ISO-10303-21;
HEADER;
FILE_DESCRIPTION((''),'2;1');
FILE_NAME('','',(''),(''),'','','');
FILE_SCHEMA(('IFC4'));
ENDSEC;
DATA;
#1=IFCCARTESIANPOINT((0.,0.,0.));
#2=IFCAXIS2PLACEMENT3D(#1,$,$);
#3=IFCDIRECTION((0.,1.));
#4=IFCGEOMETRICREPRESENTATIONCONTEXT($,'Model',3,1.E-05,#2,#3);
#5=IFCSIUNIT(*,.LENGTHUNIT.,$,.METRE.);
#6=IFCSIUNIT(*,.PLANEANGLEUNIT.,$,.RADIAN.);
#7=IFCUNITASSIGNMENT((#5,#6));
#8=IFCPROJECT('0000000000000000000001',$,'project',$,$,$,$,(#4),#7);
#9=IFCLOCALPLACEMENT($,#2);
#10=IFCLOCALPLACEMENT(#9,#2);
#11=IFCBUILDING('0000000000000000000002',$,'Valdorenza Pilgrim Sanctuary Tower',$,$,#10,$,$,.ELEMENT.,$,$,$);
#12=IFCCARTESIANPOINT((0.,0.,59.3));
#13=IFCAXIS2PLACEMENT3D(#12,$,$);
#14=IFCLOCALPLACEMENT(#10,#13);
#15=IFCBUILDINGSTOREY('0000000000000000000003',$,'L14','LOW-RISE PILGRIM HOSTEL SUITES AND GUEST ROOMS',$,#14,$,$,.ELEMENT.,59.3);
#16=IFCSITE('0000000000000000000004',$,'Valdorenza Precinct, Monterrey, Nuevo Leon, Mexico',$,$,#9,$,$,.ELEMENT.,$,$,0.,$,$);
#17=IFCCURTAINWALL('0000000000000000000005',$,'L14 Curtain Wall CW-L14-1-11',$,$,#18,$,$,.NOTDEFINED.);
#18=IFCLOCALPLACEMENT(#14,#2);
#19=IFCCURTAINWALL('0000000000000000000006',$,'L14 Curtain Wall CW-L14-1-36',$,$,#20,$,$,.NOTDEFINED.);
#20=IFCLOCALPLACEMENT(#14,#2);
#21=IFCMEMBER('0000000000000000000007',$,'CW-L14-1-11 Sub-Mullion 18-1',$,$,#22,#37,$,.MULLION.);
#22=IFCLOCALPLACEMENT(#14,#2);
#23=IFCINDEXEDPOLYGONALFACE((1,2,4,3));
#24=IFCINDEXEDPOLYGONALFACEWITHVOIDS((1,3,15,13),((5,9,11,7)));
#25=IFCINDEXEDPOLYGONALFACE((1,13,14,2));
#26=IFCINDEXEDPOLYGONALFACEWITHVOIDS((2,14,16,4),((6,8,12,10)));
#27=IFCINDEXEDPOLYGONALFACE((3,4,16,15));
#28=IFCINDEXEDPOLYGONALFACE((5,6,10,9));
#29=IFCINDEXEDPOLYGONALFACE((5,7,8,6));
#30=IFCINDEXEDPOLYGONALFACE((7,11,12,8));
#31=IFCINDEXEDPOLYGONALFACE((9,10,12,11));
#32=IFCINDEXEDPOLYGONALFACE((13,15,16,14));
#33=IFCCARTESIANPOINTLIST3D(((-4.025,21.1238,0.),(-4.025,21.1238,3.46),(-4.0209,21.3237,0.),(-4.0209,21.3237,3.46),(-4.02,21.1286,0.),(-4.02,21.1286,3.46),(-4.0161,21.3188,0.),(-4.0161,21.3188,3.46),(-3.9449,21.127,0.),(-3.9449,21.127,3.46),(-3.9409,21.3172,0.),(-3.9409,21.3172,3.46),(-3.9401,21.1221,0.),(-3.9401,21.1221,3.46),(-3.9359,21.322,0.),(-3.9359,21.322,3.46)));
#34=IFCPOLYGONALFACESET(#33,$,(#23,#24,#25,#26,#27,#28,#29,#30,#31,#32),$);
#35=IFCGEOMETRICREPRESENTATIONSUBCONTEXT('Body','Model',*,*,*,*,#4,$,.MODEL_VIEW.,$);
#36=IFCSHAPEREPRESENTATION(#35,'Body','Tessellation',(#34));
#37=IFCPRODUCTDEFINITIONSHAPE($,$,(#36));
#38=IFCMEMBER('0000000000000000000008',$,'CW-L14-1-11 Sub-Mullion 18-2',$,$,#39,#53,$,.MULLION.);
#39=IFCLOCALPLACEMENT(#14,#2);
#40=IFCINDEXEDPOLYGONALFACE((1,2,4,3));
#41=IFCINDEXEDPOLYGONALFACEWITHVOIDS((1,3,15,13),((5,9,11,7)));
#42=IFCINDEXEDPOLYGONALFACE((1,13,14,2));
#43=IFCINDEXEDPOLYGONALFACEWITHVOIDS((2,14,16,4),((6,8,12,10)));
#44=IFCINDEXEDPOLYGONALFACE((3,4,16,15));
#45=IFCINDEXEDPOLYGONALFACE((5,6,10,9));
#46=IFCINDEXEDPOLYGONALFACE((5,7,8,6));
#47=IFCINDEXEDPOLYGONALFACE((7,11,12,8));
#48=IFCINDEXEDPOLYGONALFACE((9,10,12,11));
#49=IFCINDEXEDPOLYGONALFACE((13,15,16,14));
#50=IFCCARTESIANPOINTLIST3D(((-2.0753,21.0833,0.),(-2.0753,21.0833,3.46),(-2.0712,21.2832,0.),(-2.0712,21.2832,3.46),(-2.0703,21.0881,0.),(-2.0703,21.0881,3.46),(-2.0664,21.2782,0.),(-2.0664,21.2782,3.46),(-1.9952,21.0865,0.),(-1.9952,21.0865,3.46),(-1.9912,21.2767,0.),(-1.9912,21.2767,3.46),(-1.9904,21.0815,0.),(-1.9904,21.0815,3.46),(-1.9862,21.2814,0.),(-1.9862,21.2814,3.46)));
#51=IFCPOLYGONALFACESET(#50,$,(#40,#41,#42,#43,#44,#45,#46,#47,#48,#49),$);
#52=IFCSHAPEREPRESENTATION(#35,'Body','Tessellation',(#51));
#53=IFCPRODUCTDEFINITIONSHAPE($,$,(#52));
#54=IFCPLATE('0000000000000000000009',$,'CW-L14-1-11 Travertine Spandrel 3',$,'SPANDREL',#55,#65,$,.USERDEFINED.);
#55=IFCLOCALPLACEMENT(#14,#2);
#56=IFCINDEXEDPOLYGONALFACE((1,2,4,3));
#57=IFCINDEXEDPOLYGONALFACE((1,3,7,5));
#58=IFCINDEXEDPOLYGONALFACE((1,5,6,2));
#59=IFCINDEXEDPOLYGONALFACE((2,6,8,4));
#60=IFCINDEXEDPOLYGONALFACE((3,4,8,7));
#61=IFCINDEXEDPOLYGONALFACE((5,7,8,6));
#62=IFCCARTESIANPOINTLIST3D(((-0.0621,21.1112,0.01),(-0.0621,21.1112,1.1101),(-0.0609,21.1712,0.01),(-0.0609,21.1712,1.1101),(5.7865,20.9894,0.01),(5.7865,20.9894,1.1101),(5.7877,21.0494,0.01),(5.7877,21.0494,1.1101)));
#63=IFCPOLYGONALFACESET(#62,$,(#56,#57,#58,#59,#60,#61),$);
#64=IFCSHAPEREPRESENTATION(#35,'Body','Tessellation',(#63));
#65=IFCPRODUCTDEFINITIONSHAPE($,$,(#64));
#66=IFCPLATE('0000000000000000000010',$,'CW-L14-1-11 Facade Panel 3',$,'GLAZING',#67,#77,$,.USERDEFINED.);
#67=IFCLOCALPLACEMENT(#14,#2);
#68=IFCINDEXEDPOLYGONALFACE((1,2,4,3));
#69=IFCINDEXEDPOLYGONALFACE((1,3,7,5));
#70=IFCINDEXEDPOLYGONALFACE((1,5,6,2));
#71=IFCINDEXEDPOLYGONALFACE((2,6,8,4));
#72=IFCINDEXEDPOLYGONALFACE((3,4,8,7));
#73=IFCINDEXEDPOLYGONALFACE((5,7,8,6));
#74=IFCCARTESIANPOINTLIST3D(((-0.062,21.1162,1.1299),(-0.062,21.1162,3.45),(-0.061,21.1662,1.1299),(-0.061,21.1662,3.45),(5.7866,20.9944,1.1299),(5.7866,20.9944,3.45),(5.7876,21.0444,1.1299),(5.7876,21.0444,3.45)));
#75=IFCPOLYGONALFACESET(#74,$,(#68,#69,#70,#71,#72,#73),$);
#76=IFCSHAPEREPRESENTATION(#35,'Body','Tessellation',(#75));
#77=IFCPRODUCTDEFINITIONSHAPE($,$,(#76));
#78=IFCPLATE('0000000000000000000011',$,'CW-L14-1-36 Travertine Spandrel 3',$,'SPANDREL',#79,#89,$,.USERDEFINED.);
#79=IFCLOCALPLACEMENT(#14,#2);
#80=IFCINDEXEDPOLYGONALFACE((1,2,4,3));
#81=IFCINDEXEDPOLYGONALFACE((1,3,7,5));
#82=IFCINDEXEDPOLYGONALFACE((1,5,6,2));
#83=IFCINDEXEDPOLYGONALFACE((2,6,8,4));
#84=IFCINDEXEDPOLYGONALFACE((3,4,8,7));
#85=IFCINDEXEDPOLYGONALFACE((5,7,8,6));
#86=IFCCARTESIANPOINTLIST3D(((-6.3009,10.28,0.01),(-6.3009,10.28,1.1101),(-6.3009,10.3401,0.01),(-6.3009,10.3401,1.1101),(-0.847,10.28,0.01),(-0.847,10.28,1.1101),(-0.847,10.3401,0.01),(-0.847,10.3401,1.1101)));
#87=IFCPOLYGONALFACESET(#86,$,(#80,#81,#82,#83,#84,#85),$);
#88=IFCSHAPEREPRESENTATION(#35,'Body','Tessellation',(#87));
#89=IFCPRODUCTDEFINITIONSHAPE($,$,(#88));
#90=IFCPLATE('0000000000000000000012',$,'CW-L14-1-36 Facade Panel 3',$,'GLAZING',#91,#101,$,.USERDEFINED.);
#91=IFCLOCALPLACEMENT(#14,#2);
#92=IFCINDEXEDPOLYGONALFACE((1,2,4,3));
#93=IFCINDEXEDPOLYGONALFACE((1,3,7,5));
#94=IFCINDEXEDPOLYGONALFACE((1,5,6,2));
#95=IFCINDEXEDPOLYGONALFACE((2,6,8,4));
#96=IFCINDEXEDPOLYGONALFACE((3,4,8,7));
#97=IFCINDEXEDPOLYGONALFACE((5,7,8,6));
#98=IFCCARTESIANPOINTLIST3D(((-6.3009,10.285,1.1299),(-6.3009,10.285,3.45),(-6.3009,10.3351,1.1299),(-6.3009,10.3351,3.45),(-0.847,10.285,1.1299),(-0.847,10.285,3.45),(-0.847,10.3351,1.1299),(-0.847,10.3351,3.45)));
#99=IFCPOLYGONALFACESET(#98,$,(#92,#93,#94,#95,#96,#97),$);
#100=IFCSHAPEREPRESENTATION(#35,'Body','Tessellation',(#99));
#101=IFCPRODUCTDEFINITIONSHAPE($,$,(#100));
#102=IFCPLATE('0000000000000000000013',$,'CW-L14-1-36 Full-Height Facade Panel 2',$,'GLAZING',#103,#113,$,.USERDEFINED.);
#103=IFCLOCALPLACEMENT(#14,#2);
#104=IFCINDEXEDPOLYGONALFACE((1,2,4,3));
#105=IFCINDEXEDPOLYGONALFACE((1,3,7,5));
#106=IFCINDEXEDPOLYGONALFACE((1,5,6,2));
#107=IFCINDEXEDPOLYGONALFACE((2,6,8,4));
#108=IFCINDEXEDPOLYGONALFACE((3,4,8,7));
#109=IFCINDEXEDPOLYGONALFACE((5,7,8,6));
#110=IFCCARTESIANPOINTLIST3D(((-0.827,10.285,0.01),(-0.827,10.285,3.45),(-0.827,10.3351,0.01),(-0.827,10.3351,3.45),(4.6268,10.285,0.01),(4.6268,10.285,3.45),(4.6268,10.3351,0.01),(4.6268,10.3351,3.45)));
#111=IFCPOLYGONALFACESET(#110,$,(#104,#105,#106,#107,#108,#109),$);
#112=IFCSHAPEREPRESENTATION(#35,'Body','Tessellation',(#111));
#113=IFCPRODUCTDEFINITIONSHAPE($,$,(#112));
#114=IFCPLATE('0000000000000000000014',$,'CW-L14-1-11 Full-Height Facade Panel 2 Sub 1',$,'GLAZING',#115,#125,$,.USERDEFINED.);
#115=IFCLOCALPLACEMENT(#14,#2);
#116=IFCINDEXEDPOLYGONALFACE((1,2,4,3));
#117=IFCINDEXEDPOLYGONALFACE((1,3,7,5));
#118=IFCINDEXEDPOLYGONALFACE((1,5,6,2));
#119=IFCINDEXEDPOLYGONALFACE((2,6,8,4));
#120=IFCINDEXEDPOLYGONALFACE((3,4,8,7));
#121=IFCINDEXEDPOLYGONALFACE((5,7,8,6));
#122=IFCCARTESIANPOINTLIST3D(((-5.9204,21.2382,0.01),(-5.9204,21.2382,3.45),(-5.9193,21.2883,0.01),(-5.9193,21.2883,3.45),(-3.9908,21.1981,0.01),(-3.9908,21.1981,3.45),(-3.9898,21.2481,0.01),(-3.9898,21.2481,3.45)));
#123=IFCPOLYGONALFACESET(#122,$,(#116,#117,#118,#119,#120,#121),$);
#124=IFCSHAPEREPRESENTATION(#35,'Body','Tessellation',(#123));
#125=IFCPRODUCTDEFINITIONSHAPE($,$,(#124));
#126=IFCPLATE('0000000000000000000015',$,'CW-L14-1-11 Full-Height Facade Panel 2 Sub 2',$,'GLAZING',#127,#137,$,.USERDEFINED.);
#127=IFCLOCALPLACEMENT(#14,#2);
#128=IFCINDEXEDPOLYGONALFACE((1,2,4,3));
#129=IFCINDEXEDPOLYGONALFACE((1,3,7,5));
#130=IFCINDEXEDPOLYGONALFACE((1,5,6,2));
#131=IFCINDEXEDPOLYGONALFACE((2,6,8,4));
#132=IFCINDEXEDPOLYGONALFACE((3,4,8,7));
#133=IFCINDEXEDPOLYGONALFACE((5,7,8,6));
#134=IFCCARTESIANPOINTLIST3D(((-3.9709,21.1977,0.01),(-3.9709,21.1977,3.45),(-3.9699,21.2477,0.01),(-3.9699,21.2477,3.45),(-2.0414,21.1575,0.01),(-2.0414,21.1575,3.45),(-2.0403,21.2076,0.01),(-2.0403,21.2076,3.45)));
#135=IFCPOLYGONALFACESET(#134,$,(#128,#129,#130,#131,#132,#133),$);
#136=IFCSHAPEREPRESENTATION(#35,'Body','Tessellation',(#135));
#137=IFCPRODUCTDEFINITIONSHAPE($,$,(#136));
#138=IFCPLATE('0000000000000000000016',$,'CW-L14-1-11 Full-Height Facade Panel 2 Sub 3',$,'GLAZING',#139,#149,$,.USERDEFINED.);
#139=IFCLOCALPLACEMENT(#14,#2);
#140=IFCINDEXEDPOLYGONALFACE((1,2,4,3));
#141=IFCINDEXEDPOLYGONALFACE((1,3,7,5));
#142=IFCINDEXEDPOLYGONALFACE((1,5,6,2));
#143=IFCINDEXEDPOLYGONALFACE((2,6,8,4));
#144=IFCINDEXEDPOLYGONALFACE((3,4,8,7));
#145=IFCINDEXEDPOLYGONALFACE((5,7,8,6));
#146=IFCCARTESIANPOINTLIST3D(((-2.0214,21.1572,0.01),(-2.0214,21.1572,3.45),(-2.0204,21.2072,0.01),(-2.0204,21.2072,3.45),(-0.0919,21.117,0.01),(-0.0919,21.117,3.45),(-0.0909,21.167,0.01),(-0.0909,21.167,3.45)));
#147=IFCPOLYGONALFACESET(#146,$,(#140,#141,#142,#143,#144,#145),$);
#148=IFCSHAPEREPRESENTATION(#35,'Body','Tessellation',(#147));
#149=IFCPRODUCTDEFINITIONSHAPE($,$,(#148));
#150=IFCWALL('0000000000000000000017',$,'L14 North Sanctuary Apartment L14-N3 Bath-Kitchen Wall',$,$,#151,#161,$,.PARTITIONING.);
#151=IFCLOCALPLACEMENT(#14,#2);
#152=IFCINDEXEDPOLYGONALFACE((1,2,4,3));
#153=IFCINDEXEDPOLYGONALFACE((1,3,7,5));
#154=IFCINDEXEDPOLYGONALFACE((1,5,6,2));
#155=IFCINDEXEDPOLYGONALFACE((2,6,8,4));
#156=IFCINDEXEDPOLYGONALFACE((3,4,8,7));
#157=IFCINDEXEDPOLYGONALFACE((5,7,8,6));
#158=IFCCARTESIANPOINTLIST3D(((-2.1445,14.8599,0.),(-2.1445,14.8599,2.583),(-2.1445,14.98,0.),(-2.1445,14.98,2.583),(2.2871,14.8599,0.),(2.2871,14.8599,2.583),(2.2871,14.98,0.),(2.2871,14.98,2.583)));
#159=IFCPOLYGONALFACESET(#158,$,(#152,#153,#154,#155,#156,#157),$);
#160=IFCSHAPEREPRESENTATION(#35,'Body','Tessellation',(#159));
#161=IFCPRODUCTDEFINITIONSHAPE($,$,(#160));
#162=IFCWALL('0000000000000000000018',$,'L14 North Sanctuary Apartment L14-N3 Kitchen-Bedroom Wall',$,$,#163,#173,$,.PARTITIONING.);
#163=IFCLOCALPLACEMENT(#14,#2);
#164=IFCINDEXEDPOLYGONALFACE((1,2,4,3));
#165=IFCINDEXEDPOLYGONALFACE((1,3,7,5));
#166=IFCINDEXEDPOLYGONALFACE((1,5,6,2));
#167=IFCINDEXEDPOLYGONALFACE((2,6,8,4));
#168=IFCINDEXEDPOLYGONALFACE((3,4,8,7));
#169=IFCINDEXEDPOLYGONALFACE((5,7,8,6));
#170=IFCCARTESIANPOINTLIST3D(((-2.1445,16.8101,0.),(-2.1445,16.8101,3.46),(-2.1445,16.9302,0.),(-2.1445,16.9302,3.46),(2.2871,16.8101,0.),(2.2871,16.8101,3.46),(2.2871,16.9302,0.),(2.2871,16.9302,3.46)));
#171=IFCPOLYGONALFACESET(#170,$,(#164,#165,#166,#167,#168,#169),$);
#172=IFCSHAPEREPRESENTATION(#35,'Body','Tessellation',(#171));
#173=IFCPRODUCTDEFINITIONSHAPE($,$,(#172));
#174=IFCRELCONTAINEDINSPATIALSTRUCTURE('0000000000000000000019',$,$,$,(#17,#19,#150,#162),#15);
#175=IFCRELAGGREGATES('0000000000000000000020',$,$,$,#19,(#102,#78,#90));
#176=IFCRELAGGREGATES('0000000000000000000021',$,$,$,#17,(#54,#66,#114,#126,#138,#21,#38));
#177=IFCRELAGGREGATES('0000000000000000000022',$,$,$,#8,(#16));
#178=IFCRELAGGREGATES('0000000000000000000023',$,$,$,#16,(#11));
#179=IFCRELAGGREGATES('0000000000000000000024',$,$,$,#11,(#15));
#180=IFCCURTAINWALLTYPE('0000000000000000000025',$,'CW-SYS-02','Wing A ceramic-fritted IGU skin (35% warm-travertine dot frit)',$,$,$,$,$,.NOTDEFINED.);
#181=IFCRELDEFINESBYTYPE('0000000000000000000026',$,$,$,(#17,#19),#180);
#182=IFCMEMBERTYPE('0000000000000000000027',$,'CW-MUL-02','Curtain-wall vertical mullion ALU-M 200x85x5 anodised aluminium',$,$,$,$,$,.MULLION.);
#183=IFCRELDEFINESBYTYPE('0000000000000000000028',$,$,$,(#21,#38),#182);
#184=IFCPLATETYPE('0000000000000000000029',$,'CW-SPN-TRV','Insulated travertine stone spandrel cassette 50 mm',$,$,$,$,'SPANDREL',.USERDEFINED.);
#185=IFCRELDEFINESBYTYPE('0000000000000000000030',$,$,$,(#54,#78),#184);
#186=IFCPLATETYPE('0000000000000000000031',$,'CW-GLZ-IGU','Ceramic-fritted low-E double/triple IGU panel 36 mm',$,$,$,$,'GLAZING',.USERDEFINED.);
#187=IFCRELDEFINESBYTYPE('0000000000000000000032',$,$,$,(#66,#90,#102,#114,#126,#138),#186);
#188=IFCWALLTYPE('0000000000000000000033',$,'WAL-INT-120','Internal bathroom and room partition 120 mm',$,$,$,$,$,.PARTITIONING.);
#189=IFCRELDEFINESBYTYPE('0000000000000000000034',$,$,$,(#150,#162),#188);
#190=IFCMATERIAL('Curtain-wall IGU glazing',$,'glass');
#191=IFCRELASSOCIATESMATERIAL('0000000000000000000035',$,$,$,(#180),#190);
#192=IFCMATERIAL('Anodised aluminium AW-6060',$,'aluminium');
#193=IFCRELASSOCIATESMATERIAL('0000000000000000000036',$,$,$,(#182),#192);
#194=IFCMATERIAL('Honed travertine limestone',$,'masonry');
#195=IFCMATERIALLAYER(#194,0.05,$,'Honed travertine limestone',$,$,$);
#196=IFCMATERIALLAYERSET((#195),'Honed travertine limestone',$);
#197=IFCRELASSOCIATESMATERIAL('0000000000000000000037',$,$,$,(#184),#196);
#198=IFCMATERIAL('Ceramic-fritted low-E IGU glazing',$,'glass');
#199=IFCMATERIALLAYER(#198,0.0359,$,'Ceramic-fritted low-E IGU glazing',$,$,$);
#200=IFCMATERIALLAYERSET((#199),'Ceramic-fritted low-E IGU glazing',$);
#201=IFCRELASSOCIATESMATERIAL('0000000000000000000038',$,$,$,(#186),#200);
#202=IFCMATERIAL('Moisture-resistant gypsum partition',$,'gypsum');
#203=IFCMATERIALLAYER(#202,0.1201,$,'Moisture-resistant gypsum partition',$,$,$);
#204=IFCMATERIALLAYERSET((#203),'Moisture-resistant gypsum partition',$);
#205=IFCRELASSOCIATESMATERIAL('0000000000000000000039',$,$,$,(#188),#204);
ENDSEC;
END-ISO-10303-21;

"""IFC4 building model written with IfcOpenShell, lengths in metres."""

from ifc_helpers import new_model, si_unit, direction, frame, frame_2d, origin, origin_2d, place, context, subcontext, project, spatial, rectangle, hollow_rectangle, extrude, source, transform, mapped, material, layer, layer_set, material_profile, profile_set, type_object, element, aggregate, save


model = new_model("IFC4")

# Units and contexts
model_context = context("Model", 3, precision=1e-05, world=origin(), true_north=direction((0.0, 1.0)))
body_context = subcontext(model_context, "Body", "Model", "MODEL_VIEW")
ifc_project = project(units=[si_unit("LENGTHUNIT", "METRE"), si_unit("PLANEANGLEUNIT", "RADIAN")], contexts=[model_context])

# Site, building, storey
site_placement = place(None, origin())
site = spatial("IfcSite", under=ifc_project, at=site_placement, Name="Valdorenza Precinct, Monterrey, Nuevo Leon, Mexico", CompositionType="ELEMENT", RefElevation=0.0)
building_placement = place(site_placement, origin())
building = spatial("IfcBuilding", under=site, at=building_placement, Name="Valdorenza Pilgrim Sanctuary Tower", CompositionType="ELEMENT")
storey_placement = place(building_placement, frame((0.0, 0.0, 59.3)))
storey = spatial("IfcBuildingStorey", under=building, at=storey_placement, Name="L14", Description="LOW-RISE PILGRIM HOSTEL SUITES AND GUEST ROOMS", CompositionType="ELEMENT", Elevation=59.3)

# Curtain wall
ifc_material_1 = material(Name="Curtain-wall IGU glazing", Category="glass")
curtain_wall_type = type_object("IfcCurtainWallType", Name="CW-SYS-02", Description="Wing A ceramic-fritted IGU skin (35% warm-travertine dot frit)", PredefinedType="NOTDEFINED", material=ifc_material_1)
curtain_wall_1_placement = place(storey_placement, origin())
curtain_wall_1 = element("IfcCurtainWall", 1, at=curtain_wall_1_placement, inside=storey, type_object=curtain_wall_type, Name="L14 Curtain Wall CW-L14-1-11", PredefinedType="NOTDEFINED")
ifc_material_2 = material(Name="Anodised aluminium AW-6060", Category="aluminium")
ifc_material_profile_1 = material_profile(ifc_material_2, hollow_rectangle(XDim=0.085, YDim=0.2, WallThickness=0.0049, at=origin_2d()), Name="ALU-M 200x85x5")
ifc_profile_set_1 = profile_set([ifc_material_profile_1], Name="Anodised aluminium AW-6060")
member_type = type_object("IfcMemberType", Name="CW-MUL-02", Description="Curtain-wall vertical mullion ALU-M 200x85x5 anodised aluminium", PredefinedType="MULLION", material=ifc_profile_set_1)
shared_shape_1 = source(origin(), body_context, "Body", "SweptSolid", [
    extrude(hollow_rectangle(XDim=0.085, YDim=0.2, WallThickness=0.0049, at=origin_2d()), origin(), (0.0, 0.0, 1.0), 3.46),
])

# Curtain wall
curtain_wall_2_placement = place(storey_placement, origin())
curtain_wall_2 = element("IfcCurtainWall", 2, at=curtain_wall_2_placement, inside=storey, type_object=curtain_wall_type, Name="L14 Curtain Wall CW-L14-1-36", PredefinedType="NOTDEFINED")

# Members
member_1_placement = place(storey_placement, frame((-3.9805, 21.2229, 0.0), z_axis=(0.0, 0.0, 1.0), x_axis=(0.999783, -0.02082, 0.0)))
member_1 = element("IfcMember", 3, at=member_1_placement, type_object=member_type, Name="CW-L14-1-11 Sub-Mullion 18-1", PredefinedType="MULLION", context=body_context, shape_type="MappedRepresentation", body=[
    mapped(shared_shape_1, transform((0.0, 0.0, 0.0), x_axis=(1.0, 0.0, 0.0), y_axis=(0.0, 1.0, 0.0), z_axis=(0.0, 0.0, 1.0), scale=1.0)),
])
member_2_placement = place(storey_placement, frame((-2.0308, 21.1824, 0.0), z_axis=(0.0, 0.0, 1.0), x_axis=(0.999783, -0.02082, 0.0)))
member_2 = element("IfcMember", 4, at=member_2_placement, type_object=member_type, Name="CW-L14-1-11 Sub-Mullion 18-2", PredefinedType="MULLION", context=body_context, shape_type="MappedRepresentation", body=[
    mapped(shared_shape_1, transform((0.0, 0.0, 0.0), x_axis=(1.0, 0.0, 0.0), y_axis=(0.0, 1.0, 0.0), z_axis=(0.0, 0.0, 1.0), scale=1.0)),
])

# Plates
ifc_material_3 = material(Name="Honed travertine limestone", Category="masonry")
ifc_layer_1 = layer(ifc_material_3, 0.05, Name="Honed travertine limestone")
ifc_layer_set_1 = layer_set([ifc_layer_1], Name="Honed travertine limestone")
plate_type_1 = type_object("IfcPlateType", Name="CW-SPN-TRV", Description="Insulated travertine stone spandrel cassette 50 mm", ElementType="SPANDREL", PredefinedType="USERDEFINED", material=ifc_layer_set_1)
shared_shape_2 = source(origin(), body_context, "Body", "SweptSolid", [
    extrude(rectangle(XDim=5.8499, YDim=0.0601, at=origin_2d()), origin(), (0.0, 0.0, 1.0), 1.1001),
])
plate_1_placement = place(storey_placement, frame((2.8628, 21.0803, 0.01), z_axis=(0.0, 0.0, 1.0), x_axis=(0.999783, -0.02082, 0.0)))
plate_1 = element("IfcPlate", 5, at=plate_1_placement, type_object=plate_type_1, Name="CW-L14-1-11 Travertine Spandrel 3", ObjectType="SPANDREL", PredefinedType="USERDEFINED", context=body_context, shape_type="MappedRepresentation", body=[
    mapped(shared_shape_2, transform((0.0, 0.0, 0.0), x_axis=(1.0, 0.0, 0.0), y_axis=(0.0, 1.0, 0.0), z_axis=(0.0, 0.0, 1.0), scale=1.0)),
])
ifc_material_4 = material(Name="Ceramic-fritted low-E IGU glazing", Category="glass")
ifc_layer_2 = layer(ifc_material_4, 0.0359, Name="Ceramic-fritted low-E IGU glazing")
ifc_layer_set_2 = layer_set([ifc_layer_2], Name="Ceramic-fritted low-E IGU glazing")
plate_type_2 = type_object("IfcPlateType", Name="CW-GLZ-IGU", Description="Ceramic-fritted low-E double/triple IGU panel 36 mm", ElementType="GLAZING", PredefinedType="USERDEFINED", material=ifc_layer_set_2)
shared_shape_3 = source(origin(), body_context, "Body", "SweptSolid", [
    extrude(rectangle(XDim=5.8499, YDim=0.05, at=origin_2d()), origin(), (0.0, 0.0, 1.0), 2.3201),
])
plate_2_placement = place(storey_placement, frame((2.8628, 21.0803, 1.1299), z_axis=(0.0, 0.0, 1.0), x_axis=(0.999783, -0.02082, 0.0)))
plate_2 = element("IfcPlate", 6, at=plate_2_placement, type_object=plate_type_2, Name="CW-L14-1-11 Facade Panel 3", ObjectType="GLAZING", PredefinedType="USERDEFINED", context=body_context, shape_type="MappedRepresentation", body=[
    mapped(shared_shape_3, transform((0.0, 0.0, 0.0), x_axis=(1.0, 0.0, 0.0), y_axis=(0.0, 1.0, 0.0), z_axis=(0.0, 0.0, 1.0), scale=1.0)),
])
shared_shape_4 = source(origin(), body_context, "Body", "SweptSolid", [
    extrude(rectangle(XDim=5.4539, YDim=0.0601, at=origin_2d()), origin(), (0.0, 0.0, 1.0), 1.1001),
])
plate_3_placement = place(storey_placement, frame((-3.574, 10.3101, 0.01), z_axis=(0.0, 0.0, 1.0), x_axis=(-1.0, 0.0, 0.0)))
plate_3 = element("IfcPlate", 7, at=plate_3_placement, type_object=plate_type_1, Name="CW-L14-1-36 Travertine Spandrel 3", ObjectType="SPANDREL", PredefinedType="USERDEFINED", context=body_context, shape_type="MappedRepresentation", body=[
    mapped(shared_shape_4, transform((0.0, 0.0, 0.0), x_axis=(1.0, 0.0, 0.0), y_axis=(0.0, 1.0, 0.0), z_axis=(0.0, 0.0, 1.0), scale=1.0)),
])
shared_shape_5 = source(origin(), body_context, "Body", "SweptSolid", [
    extrude(rectangle(XDim=5.4539, YDim=0.05, at=origin_2d()), origin(), (0.0, 0.0, 1.0), 2.3201),
])
plate_4_placement = place(storey_placement, frame((-3.574, 10.3101, 1.1299), z_axis=(0.0, 0.0, 1.0), x_axis=(-1.0, 0.0, 0.0)))
plate_4 = element("IfcPlate", 8, at=plate_4_placement, type_object=plate_type_2, Name="CW-L14-1-36 Facade Panel 3", ObjectType="GLAZING", PredefinedType="USERDEFINED", context=body_context, shape_type="MappedRepresentation", body=[
    mapped(shared_shape_5, transform((0.0, 0.0, 0.0), x_axis=(1.0, 0.0, 0.0), y_axis=(0.0, 1.0, 0.0), z_axis=(0.0, 0.0, 1.0), scale=1.0)),
])
shared_shape_6 = source(origin(), body_context, "Body", "SweptSolid", [
    extrude(rectangle(XDim=5.4539, YDim=0.05, at=origin_2d()), origin(), (0.0, 0.0, 1.0), 3.4399),
])
plate_5_placement = place(storey_placement, frame((1.8999, 10.3101, 0.01), z_axis=(0.0, 0.0, 1.0), x_axis=(-1.0, 0.0, 0.0)))
plate_5 = element("IfcPlate", 9, at=plate_5_placement, type_object=plate_type_2, Name="CW-L14-1-36 Full-Height Facade Panel 2", ObjectType="GLAZING", PredefinedType="USERDEFINED", context=body_context, shape_type="MappedRepresentation", body=[
    mapped(shared_shape_6, transform((0.0, 0.0, 0.0), x_axis=(1.0, 0.0, 0.0), y_axis=(0.0, 1.0, 0.0), z_axis=(0.0, 0.0, 1.0), scale=1.0)),
])
aggregate(curtain_wall_2, [plate_5, plate_3, plate_4])
shared_shape_7 = source(origin(), body_context, "Body", "SweptSolid", [
    extrude(rectangle(XDim=1.9299, YDim=0.05, at=origin_2d()), origin(), (0.0, 0.0, 1.0), 3.4399),
])
plate_6_placement = place(storey_placement, frame((-4.9551, 21.2432, 0.01), z_axis=(0.0, 0.0, 1.0), x_axis=(0.999783, -0.02082, 0.0)))
plate_6 = element("IfcPlate", 10, at=plate_6_placement, type_object=plate_type_2, Name="CW-L14-1-11 Full-Height Facade Panel 2 Sub 1", ObjectType="GLAZING", PredefinedType="USERDEFINED", context=body_context, shape_type="MappedRepresentation", body=[
    mapped(shared_shape_7, transform((0.0, 0.0, 0.0), x_axis=(1.0, 0.0, 0.0), y_axis=(0.0, 1.0, 0.0), z_axis=(0.0, 0.0, 1.0), scale=1.0)),
])
plate_7_placement = place(storey_placement, frame((-3.0056, 21.2026, 0.01), z_axis=(0.0, 0.0, 1.0), x_axis=(0.999783, -0.02082, 0.0)))
plate_7 = element("IfcPlate", 11, at=plate_7_placement, type_object=plate_type_2, Name="CW-L14-1-11 Full-Height Facade Panel 2 Sub 2", ObjectType="GLAZING", PredefinedType="USERDEFINED", context=body_context, shape_type="MappedRepresentation", body=[
    mapped(shared_shape_7, transform((0.0, 0.0, 0.0), x_axis=(1.0, 0.0, 0.0), y_axis=(0.0, 1.0, 0.0), z_axis=(0.0, 0.0, 1.0), scale=1.0)),
])
plate_8_placement = place(storey_placement, frame((-1.0562, 21.1621, 0.01), z_axis=(0.0, 0.0, 1.0), x_axis=(0.999783, -0.02082, 0.0)))
plate_8 = element("IfcPlate", 12, at=plate_8_placement, type_object=plate_type_2, Name="CW-L14-1-11 Full-Height Facade Panel 2 Sub 3", ObjectType="GLAZING", PredefinedType="USERDEFINED", context=body_context, shape_type="MappedRepresentation", body=[
    mapped(shared_shape_7, transform((0.0, 0.0, 0.0), x_axis=(1.0, 0.0, 0.0), y_axis=(0.0, 1.0, 0.0), z_axis=(0.0, 0.0, 1.0), scale=1.0)),
])
aggregate(curtain_wall_1, [plate_1, plate_2, plate_6, plate_7, plate_8, member_1, member_2])

# Walls
ifc_material_5 = material(Name="Moisture-resistant gypsum partition", Category="gypsum")
ifc_layer_3 = layer(ifc_material_5, 0.1201, Name="Moisture-resistant gypsum partition")
ifc_layer_set_3 = layer_set([ifc_layer_3], Name="Moisture-resistant gypsum partition")
wall_type_1 = type_object("IfcWallType", Name="WAL-INT-120", Description="Internal bathroom and room partition 120 mm", PredefinedType="PARTITIONING", material=ifc_layer_set_3)
wall_1_placement = place(storey_placement, frame((-2.1445, 14.9199, 0.0), z_axis=(0.0, 0.0, 1.0), x_axis=(1.0, 0.0, 0.0)))
element("IfcWall", 13, at=wall_1_placement, inside=storey, type_object=wall_type_1, Name="L14 North Sanctuary Apartment L14-N3 Bath-Kitchen Wall", PredefinedType="PARTITIONING", context=body_context, shape_type="SweptSolid", body=[
    extrude(rectangle(XDim=4.4316, YDim=0.1201, at=frame_2d((2.2158, 0.0))), origin(), (0.0, 0.0, 1.0), 2.583),
])
wall_2_placement = place(storey_placement, frame((-2.1445, 16.8701, 0.0), z_axis=(0.0, 0.0, 1.0), x_axis=(1.0, 0.0, 0.0)))
element("IfcWall", 14, at=wall_2_placement, inside=storey, type_object=wall_type_1, Name="L14 North Sanctuary Apartment L14-N3 Kitchen-Bedroom Wall", PredefinedType="PARTITIONING", context=body_context, shape_type="SweptSolid", body=[
    extrude(rectangle(XDim=4.4316, YDim=0.1201, at=frame_2d((2.2158, 0.0))), origin(), (0.0, 0.0, 1.0), 3.46),
])

save(model, "model.ifc")
